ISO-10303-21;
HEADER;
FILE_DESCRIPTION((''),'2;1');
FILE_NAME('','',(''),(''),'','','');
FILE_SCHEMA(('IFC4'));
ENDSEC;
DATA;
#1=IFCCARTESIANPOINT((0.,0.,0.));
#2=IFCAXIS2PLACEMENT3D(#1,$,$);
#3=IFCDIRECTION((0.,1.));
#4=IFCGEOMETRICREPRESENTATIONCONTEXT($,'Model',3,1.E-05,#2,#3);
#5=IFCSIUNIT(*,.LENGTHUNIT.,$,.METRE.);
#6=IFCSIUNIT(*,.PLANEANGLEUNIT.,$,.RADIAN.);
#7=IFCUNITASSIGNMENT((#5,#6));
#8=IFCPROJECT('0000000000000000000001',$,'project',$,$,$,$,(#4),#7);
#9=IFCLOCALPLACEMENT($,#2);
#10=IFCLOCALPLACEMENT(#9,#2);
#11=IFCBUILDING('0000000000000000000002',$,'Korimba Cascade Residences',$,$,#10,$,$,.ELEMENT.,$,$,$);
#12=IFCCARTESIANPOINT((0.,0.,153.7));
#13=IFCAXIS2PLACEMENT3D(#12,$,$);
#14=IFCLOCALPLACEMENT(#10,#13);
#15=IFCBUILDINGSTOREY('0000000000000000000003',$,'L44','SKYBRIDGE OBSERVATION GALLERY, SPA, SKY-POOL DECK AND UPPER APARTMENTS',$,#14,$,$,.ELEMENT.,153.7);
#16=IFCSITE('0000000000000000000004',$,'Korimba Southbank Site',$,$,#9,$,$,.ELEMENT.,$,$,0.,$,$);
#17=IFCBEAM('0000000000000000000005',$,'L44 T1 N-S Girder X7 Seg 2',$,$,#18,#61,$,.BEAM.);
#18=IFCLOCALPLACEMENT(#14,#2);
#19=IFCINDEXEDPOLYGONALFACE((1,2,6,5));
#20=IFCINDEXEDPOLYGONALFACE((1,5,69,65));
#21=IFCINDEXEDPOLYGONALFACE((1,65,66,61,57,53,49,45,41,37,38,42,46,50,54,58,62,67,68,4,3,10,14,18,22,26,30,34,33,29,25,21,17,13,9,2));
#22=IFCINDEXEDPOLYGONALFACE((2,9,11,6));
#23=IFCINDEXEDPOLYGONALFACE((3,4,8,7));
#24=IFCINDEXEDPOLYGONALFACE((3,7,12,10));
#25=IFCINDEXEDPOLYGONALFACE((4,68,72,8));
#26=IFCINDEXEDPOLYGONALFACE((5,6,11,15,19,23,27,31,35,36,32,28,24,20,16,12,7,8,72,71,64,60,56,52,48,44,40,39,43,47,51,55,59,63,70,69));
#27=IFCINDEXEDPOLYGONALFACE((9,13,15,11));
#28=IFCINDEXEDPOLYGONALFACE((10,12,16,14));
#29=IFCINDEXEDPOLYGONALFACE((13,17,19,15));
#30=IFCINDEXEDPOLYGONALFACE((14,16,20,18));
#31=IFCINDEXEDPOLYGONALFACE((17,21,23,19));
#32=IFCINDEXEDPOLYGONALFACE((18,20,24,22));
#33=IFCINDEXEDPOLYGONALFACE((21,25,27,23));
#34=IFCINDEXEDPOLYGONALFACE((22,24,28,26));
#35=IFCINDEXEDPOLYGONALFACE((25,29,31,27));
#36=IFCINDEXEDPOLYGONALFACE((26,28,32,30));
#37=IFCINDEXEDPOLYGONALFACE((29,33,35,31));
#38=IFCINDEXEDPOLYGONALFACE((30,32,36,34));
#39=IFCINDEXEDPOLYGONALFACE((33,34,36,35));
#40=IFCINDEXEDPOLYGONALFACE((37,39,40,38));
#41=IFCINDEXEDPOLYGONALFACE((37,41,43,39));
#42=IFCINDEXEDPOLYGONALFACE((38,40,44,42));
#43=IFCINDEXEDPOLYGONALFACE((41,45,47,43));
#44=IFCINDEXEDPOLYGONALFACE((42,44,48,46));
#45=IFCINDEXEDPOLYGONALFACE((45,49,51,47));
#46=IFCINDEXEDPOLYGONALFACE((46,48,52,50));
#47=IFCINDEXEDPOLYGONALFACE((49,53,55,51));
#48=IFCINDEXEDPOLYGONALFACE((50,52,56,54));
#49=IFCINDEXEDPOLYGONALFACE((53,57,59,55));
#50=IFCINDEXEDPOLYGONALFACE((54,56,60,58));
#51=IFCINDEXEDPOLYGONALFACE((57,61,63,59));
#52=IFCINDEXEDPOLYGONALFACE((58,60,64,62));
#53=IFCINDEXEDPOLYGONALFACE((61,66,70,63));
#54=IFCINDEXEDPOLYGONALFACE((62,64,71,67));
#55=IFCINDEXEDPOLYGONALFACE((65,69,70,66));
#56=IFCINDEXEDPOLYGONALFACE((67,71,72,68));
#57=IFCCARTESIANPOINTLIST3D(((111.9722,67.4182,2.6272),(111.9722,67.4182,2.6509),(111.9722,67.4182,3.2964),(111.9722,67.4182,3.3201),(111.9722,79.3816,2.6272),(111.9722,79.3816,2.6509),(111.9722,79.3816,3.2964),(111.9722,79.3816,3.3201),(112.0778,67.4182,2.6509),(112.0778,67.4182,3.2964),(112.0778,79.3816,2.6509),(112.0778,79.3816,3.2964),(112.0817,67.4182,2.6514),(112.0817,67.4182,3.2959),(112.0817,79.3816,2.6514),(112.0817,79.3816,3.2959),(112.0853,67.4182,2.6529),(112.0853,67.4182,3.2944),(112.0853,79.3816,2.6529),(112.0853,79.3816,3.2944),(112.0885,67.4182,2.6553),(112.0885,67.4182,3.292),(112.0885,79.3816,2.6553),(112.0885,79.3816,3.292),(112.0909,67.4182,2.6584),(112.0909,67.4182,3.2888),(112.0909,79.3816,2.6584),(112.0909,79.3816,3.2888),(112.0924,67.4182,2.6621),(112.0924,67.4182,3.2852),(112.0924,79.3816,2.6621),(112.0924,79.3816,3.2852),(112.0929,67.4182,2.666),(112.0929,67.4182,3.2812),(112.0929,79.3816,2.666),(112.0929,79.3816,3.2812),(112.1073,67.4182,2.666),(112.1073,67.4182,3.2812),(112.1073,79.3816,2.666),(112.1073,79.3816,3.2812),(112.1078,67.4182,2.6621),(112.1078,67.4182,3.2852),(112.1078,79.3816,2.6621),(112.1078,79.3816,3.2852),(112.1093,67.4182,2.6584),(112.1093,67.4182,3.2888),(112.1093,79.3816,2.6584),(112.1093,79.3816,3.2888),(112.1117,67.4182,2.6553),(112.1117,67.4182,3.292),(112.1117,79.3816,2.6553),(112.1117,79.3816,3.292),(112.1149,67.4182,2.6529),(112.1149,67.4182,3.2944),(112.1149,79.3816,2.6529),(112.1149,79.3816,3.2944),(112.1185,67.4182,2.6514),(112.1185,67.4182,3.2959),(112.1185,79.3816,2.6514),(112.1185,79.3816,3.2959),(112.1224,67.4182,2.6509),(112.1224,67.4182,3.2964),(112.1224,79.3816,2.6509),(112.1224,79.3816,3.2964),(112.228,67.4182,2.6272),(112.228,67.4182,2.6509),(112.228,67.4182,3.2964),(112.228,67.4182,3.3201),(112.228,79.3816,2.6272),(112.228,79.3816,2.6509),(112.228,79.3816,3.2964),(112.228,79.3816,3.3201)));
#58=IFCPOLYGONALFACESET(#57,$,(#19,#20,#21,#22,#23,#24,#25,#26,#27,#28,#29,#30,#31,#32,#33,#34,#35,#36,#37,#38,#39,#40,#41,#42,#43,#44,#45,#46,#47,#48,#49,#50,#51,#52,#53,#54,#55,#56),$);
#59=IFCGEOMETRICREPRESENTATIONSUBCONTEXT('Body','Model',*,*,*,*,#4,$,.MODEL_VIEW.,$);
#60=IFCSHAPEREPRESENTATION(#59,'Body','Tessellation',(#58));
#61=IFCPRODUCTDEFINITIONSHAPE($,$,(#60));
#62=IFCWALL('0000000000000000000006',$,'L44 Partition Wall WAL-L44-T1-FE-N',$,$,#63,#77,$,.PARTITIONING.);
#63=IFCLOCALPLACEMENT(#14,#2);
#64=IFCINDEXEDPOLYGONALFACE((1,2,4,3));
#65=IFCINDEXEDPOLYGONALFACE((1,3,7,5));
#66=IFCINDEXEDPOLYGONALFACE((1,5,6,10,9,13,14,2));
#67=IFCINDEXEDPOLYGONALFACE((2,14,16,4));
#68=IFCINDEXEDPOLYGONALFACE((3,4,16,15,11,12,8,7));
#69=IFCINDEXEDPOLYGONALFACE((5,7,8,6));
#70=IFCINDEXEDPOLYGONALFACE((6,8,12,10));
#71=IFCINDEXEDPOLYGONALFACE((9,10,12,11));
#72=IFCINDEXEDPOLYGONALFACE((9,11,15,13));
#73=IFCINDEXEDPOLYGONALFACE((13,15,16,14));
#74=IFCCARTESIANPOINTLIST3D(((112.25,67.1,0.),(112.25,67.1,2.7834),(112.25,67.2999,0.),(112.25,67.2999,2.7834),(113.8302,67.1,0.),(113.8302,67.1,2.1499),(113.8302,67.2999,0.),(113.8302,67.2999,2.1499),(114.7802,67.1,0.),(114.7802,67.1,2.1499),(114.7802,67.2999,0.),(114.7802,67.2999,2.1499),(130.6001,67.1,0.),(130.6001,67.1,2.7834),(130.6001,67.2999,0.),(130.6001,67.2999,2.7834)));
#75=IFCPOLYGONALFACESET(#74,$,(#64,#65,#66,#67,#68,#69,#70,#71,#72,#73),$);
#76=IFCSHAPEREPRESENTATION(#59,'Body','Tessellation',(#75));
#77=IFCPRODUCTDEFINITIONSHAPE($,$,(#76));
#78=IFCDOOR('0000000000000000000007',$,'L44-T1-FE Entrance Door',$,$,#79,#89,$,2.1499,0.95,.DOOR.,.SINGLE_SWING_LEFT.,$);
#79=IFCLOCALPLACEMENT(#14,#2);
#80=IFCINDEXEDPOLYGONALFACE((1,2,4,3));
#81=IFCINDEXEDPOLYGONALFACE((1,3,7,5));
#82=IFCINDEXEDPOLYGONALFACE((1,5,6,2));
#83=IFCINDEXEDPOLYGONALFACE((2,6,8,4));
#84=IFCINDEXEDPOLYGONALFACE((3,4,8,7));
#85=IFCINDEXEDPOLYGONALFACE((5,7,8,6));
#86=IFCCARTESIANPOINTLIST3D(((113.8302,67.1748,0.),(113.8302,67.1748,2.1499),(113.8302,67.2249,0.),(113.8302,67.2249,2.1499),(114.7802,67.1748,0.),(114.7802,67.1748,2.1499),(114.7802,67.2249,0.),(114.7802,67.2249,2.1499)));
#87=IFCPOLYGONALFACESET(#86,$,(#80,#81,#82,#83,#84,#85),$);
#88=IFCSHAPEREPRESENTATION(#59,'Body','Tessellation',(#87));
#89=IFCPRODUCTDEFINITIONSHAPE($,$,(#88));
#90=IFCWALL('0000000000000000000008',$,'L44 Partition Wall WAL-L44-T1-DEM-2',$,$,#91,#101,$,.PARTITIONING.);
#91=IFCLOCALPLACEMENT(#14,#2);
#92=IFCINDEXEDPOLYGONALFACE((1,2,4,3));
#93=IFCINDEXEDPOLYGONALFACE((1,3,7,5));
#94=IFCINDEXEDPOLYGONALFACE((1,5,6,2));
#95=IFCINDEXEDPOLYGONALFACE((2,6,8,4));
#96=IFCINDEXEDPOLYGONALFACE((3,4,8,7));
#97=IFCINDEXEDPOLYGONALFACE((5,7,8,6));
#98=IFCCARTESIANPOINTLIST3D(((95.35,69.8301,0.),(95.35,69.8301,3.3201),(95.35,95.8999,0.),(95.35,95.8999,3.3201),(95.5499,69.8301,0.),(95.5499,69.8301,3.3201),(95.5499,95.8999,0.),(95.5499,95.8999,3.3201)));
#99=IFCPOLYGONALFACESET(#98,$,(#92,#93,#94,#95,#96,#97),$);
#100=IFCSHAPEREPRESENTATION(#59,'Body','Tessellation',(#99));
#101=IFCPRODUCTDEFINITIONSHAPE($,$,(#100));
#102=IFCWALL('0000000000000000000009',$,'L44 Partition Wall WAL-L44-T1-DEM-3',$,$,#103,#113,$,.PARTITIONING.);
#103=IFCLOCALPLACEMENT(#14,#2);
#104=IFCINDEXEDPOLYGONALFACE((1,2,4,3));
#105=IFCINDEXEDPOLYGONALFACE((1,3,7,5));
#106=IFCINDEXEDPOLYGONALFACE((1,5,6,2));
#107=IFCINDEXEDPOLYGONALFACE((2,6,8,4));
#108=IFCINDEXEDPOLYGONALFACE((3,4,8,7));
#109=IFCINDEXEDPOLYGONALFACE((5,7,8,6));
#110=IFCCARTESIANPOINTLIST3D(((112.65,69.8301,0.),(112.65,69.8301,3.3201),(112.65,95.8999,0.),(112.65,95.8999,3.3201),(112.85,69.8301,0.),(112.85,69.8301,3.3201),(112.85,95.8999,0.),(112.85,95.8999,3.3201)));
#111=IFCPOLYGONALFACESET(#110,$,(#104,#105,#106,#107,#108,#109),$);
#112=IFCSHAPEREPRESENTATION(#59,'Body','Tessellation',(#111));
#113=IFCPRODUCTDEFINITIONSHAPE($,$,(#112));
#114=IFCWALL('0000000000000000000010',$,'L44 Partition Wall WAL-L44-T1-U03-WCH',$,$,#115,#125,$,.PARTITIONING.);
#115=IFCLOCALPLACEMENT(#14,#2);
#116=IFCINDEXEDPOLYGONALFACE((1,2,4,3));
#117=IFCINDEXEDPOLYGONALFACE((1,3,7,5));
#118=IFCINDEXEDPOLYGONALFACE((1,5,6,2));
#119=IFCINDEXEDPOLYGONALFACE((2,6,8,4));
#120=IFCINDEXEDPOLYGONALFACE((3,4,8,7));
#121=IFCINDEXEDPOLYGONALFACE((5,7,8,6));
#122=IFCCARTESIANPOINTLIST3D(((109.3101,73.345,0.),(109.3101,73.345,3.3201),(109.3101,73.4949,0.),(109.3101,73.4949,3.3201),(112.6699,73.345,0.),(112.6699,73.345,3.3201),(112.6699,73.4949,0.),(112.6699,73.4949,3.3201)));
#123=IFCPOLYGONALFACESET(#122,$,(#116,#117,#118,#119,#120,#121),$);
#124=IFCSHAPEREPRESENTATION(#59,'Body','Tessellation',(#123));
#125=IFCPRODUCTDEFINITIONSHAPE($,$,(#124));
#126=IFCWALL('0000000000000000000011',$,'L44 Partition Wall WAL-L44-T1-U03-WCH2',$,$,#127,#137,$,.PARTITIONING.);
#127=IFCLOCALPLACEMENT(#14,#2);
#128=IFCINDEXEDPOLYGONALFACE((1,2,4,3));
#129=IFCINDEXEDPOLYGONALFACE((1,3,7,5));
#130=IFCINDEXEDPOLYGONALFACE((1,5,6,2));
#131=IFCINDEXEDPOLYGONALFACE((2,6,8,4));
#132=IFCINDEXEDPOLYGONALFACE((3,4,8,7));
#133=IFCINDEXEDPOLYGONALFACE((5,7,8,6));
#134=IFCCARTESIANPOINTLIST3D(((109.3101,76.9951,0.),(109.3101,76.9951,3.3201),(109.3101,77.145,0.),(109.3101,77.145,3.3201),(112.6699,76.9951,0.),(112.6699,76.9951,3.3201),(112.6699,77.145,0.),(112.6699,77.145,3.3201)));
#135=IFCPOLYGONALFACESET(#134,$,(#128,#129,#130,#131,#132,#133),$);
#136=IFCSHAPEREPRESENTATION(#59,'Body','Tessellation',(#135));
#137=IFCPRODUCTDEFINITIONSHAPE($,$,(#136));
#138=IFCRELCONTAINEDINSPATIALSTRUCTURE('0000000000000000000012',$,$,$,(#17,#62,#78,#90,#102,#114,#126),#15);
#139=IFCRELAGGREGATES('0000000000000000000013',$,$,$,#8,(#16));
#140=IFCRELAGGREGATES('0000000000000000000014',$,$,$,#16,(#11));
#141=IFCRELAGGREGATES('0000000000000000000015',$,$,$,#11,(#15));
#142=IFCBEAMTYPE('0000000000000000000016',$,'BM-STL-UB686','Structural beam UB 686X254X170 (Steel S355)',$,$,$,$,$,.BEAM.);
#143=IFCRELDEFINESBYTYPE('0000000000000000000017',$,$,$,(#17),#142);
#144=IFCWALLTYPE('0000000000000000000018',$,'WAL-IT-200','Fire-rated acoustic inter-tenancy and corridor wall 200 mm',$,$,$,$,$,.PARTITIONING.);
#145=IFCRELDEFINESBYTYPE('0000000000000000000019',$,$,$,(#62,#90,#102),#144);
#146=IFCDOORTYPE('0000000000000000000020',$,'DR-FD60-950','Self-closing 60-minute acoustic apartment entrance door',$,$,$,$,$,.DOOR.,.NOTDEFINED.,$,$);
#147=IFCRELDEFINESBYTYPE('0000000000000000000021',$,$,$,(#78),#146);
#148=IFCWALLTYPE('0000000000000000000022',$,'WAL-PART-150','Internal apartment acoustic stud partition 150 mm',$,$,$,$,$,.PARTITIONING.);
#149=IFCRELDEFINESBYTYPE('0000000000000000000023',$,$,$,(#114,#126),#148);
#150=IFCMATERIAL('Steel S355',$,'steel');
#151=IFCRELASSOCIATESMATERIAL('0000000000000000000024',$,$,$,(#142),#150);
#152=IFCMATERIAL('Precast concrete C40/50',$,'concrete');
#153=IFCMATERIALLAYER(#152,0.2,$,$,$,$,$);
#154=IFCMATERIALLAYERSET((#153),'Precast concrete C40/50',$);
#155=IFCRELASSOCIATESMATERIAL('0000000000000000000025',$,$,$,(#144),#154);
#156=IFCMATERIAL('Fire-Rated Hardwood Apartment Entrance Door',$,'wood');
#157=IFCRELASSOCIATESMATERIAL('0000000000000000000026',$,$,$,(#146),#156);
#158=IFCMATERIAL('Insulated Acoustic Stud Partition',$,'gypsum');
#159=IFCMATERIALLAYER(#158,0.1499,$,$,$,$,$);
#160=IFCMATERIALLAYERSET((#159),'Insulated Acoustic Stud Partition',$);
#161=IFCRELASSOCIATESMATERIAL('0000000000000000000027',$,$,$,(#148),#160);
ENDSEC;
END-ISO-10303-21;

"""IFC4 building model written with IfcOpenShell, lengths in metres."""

from ifc_helpers import new_model, si_unit, direction, frame, frame_2d, origin, origin_2d, place, context, subcontext, project, spatial, rectangle, i_section, extrude, material, layer, layer_set, material_profile, profile_set, type_object, element, fill, save


model = new_model("IFC4")

# Units and contexts
model_context = context("Model", 3, precision=1e-05, world=origin(), true_north=direction((0.0, 1.0)))
body_context = subcontext(model_context, "Body", "Model", "MODEL_VIEW")
ifc_project = project(units=[si_unit("LENGTHUNIT", "METRE"), si_unit("PLANEANGLEUNIT", "RADIAN")], contexts=[model_context])

# Site, building, storey
site_placement = place(None, origin())
site = spatial("IfcSite", under=ifc_project, at=site_placement, Name="Korimba Southbank Site", CompositionType="ELEMENT", RefElevation=0.0)
building_placement = place(site_placement, origin())
building = spatial("IfcBuilding", under=site, at=building_placement, Name="Korimba Cascade Residences", CompositionType="ELEMENT")
storey_placement = place(building_placement, frame((0.0, 0.0, 153.7)))
storey = spatial("IfcBuildingStorey", under=building, at=storey_placement, Name="L44", Description="SKYBRIDGE OBSERVATION GALLERY, SPA, SKY-POOL DECK AND UPPER APARTMENTS", CompositionType="ELEMENT", Elevation=153.7)

# Beam
ifc_material_1 = material(Name="Steel S355", Category="steel")
ifc_material_profile_1 = material_profile(ifc_material_1, i_section(OverallWidth=0.2559, OverallDepth=0.6929, WebThickness=0.0144, FlangeThickness=0.0237, FilletRadius=0.0151, at=origin_2d()), Name="Steel S355")
ifc_profile_set_1 = profile_set([ifc_material_profile_1], Name="Steel S355")
beam_type_1 = type_object("IfcBeamType", Name="BM-STL-UB686", Description="Structural beam UB 686X254X170 (Steel S355)", PredefinedType="BEAM", material=ifc_profile_set_1)
for number, where, z_axis, x_axis, name in (
    (1, (112.1001, 67.4182, 2.9736), (0.0, 1.0, 0.0), (-1.0, 0.0, 0.0), "L44 T1 N-S Girder X7 Seg 2"),
):
    element("IfcBeam", number, at=place(storey_placement, frame(where, z_axis=z_axis, x_axis=x_axis)), inside=storey, type_object=beam_type_1, Name=name, PredefinedType="BEAM", context=body_context, shape_type="SweptSolid", body=[
        extrude(i_section(OverallWidth=0.2559, OverallDepth=0.6929, WebThickness=0.0144, FlangeThickness=0.0237, FilletRadius=0.0151, at=origin_2d()), origin(), (0.0, 0.0, 1.0), 11.9634),
    ])

# Wall, opening, door
ifc_material_2 = material(Name="Precast concrete C40/50", Category="concrete")
ifc_layer_1 = layer(ifc_material_2, 0.2)
ifc_layer_set_1 = layer_set([ifc_layer_1], Name="Precast concrete C40/50")
wall_type_1 = type_object("IfcWallType", Name="WAL-IT-200", Description="Fire-rated acoustic inter-tenancy and corridor wall 200 mm", PredefinedType="PARTITIONING", material=ifc_layer_set_1)
wall_1_placement = place(storey_placement, frame((112.25, 67.2, 0.0), z_axis=(0.0, 0.0, 1.0), x_axis=(1.0, 0.0, 0.0)))
wall_1 = element("IfcWall", 2, at=wall_1_placement, inside=storey, type_object=wall_type_1, Name="L44 Partition Wall WAL-L44-T1-FE-N", PredefinedType="PARTITIONING", context=body_context, shape_type="SweptSolid", body=[
    extrude(rectangle(XDim=18.3501, YDim=0.2, at=frame_2d((9.175, 0.0))), origin(), (0.0, 0.0, 1.0), 2.7834),
])
opening_1_placement = place(wall_1_placement, frame((1.5801, 0.0, 0.0)))
opening_1 = element("IfcOpeningElement", 3, at=opening_1_placement, cuts=wall_1, PredefinedType="OPENING", context=body_context, shape_type="SweptSolid", body=[
    extrude(rectangle(XDim=0.95, YDim=2.1499, at=frame_2d((0.4751, 1.075))), frame((0.0, 0.1099, 0.0), z_axis=(0.0, -1.0, 0.0), x_axis=(1.0, 0.0, 0.0)), (0.0, 0.0, 1.0), 0.22),
])
ifc_material_3 = material(Name="Fire-Rated Hardwood Apartment Entrance Door", Category="wood")
door_type_1 = type_object("IfcDoorType", Name="DR-FD60-950", Description="Self-closing 60-minute acoustic apartment entrance door", OperationType="NOTDEFINED", PredefinedType="DOOR", material=ifc_material_3)
door_1_placement = place(opening_1_placement, origin())
door_1 = element("IfcDoor", 4, at=door_1_placement, inside=storey, type_object=door_type_1, Name="L44-T1-FE Entrance Door", OperationType="SINGLE_SWING_LEFT", OverallHeight=2.1499, OverallWidth=0.95, PredefinedType="DOOR", context=body_context, shape_type="SweptSolid", body=[
    extrude(rectangle(XDim=0.95, YDim=2.1499, at=frame_2d((0.4751, 1.075))), frame((0.0, 0.0249, 0.0), z_axis=(0.0, -1.0, 0.0), x_axis=(1.0, 0.0, 0.0)), (0.0, 0.0, 1.0), 0.05),
])
fill(opening_1, door_1)

# Walls
for number, where, z_axis, x_axis, name in (
    (5, (95.45, 69.8301, 0.0), (0.0, 0.0, 1.0), (0.0, 1.0, 0.0), "L44 Partition Wall WAL-L44-T1-DEM-2"),
    (6, (112.75, 69.8301, 0.0), (0.0, 0.0, 1.0), (0.0, 1.0, 0.0), "L44 Partition Wall WAL-L44-T1-DEM-3"),
):
    element("IfcWall", number, at=place(storey_placement, frame(where, z_axis=z_axis, x_axis=x_axis)), inside=storey, type_object=wall_type_1, Name=name, PredefinedType="PARTITIONING", context=body_context, shape_type="SweptSolid", body=[
        extrude(rectangle(XDim=26.0698, YDim=0.2, at=frame_2d((13.0349, 0.0))), origin(), (0.0, 0.0, 1.0), 3.3201),
    ])
ifc_material_4 = material(Name="Insulated Acoustic Stud Partition", Category="gypsum")
ifc_layer_2 = layer(ifc_material_4, 0.1499)
ifc_layer_set_2 = layer_set([ifc_layer_2], Name="Insulated Acoustic Stud Partition")
wall_type_2 = type_object("IfcWallType", Name="WAL-PART-150", Description="Internal apartment acoustic stud partition 150 mm", PredefinedType="PARTITIONING", material=ifc_layer_set_2)
for number, where, z_axis, x_axis, name in (
    (7, (109.3101, 73.4199, 0.0), (0.0, 0.0, 1.0), (1.0, 0.0, 0.0), "L44 Partition Wall WAL-L44-T1-U03-WCH"),
    (8, (109.3101, 77.0701, 0.0), (0.0, 0.0, 1.0), (1.0, 0.0, 0.0), "L44 Partition Wall WAL-L44-T1-U03-WCH2"),
):
    element("IfcWall", number, at=place(storey_placement, frame(where, z_axis=z_axis, x_axis=x_axis)), inside=storey, type_object=wall_type_2, Name=name, PredefinedType="PARTITIONING", context=body_context, shape_type="SweptSolid", body=[
        extrude(rectangle(XDim=3.3599, YDim=0.1499, at=frame_2d((1.6799, 0.0))), origin(), (0.0, 0.0, 1.0), 3.3201),
    ])

save(model, "model.ifc")
